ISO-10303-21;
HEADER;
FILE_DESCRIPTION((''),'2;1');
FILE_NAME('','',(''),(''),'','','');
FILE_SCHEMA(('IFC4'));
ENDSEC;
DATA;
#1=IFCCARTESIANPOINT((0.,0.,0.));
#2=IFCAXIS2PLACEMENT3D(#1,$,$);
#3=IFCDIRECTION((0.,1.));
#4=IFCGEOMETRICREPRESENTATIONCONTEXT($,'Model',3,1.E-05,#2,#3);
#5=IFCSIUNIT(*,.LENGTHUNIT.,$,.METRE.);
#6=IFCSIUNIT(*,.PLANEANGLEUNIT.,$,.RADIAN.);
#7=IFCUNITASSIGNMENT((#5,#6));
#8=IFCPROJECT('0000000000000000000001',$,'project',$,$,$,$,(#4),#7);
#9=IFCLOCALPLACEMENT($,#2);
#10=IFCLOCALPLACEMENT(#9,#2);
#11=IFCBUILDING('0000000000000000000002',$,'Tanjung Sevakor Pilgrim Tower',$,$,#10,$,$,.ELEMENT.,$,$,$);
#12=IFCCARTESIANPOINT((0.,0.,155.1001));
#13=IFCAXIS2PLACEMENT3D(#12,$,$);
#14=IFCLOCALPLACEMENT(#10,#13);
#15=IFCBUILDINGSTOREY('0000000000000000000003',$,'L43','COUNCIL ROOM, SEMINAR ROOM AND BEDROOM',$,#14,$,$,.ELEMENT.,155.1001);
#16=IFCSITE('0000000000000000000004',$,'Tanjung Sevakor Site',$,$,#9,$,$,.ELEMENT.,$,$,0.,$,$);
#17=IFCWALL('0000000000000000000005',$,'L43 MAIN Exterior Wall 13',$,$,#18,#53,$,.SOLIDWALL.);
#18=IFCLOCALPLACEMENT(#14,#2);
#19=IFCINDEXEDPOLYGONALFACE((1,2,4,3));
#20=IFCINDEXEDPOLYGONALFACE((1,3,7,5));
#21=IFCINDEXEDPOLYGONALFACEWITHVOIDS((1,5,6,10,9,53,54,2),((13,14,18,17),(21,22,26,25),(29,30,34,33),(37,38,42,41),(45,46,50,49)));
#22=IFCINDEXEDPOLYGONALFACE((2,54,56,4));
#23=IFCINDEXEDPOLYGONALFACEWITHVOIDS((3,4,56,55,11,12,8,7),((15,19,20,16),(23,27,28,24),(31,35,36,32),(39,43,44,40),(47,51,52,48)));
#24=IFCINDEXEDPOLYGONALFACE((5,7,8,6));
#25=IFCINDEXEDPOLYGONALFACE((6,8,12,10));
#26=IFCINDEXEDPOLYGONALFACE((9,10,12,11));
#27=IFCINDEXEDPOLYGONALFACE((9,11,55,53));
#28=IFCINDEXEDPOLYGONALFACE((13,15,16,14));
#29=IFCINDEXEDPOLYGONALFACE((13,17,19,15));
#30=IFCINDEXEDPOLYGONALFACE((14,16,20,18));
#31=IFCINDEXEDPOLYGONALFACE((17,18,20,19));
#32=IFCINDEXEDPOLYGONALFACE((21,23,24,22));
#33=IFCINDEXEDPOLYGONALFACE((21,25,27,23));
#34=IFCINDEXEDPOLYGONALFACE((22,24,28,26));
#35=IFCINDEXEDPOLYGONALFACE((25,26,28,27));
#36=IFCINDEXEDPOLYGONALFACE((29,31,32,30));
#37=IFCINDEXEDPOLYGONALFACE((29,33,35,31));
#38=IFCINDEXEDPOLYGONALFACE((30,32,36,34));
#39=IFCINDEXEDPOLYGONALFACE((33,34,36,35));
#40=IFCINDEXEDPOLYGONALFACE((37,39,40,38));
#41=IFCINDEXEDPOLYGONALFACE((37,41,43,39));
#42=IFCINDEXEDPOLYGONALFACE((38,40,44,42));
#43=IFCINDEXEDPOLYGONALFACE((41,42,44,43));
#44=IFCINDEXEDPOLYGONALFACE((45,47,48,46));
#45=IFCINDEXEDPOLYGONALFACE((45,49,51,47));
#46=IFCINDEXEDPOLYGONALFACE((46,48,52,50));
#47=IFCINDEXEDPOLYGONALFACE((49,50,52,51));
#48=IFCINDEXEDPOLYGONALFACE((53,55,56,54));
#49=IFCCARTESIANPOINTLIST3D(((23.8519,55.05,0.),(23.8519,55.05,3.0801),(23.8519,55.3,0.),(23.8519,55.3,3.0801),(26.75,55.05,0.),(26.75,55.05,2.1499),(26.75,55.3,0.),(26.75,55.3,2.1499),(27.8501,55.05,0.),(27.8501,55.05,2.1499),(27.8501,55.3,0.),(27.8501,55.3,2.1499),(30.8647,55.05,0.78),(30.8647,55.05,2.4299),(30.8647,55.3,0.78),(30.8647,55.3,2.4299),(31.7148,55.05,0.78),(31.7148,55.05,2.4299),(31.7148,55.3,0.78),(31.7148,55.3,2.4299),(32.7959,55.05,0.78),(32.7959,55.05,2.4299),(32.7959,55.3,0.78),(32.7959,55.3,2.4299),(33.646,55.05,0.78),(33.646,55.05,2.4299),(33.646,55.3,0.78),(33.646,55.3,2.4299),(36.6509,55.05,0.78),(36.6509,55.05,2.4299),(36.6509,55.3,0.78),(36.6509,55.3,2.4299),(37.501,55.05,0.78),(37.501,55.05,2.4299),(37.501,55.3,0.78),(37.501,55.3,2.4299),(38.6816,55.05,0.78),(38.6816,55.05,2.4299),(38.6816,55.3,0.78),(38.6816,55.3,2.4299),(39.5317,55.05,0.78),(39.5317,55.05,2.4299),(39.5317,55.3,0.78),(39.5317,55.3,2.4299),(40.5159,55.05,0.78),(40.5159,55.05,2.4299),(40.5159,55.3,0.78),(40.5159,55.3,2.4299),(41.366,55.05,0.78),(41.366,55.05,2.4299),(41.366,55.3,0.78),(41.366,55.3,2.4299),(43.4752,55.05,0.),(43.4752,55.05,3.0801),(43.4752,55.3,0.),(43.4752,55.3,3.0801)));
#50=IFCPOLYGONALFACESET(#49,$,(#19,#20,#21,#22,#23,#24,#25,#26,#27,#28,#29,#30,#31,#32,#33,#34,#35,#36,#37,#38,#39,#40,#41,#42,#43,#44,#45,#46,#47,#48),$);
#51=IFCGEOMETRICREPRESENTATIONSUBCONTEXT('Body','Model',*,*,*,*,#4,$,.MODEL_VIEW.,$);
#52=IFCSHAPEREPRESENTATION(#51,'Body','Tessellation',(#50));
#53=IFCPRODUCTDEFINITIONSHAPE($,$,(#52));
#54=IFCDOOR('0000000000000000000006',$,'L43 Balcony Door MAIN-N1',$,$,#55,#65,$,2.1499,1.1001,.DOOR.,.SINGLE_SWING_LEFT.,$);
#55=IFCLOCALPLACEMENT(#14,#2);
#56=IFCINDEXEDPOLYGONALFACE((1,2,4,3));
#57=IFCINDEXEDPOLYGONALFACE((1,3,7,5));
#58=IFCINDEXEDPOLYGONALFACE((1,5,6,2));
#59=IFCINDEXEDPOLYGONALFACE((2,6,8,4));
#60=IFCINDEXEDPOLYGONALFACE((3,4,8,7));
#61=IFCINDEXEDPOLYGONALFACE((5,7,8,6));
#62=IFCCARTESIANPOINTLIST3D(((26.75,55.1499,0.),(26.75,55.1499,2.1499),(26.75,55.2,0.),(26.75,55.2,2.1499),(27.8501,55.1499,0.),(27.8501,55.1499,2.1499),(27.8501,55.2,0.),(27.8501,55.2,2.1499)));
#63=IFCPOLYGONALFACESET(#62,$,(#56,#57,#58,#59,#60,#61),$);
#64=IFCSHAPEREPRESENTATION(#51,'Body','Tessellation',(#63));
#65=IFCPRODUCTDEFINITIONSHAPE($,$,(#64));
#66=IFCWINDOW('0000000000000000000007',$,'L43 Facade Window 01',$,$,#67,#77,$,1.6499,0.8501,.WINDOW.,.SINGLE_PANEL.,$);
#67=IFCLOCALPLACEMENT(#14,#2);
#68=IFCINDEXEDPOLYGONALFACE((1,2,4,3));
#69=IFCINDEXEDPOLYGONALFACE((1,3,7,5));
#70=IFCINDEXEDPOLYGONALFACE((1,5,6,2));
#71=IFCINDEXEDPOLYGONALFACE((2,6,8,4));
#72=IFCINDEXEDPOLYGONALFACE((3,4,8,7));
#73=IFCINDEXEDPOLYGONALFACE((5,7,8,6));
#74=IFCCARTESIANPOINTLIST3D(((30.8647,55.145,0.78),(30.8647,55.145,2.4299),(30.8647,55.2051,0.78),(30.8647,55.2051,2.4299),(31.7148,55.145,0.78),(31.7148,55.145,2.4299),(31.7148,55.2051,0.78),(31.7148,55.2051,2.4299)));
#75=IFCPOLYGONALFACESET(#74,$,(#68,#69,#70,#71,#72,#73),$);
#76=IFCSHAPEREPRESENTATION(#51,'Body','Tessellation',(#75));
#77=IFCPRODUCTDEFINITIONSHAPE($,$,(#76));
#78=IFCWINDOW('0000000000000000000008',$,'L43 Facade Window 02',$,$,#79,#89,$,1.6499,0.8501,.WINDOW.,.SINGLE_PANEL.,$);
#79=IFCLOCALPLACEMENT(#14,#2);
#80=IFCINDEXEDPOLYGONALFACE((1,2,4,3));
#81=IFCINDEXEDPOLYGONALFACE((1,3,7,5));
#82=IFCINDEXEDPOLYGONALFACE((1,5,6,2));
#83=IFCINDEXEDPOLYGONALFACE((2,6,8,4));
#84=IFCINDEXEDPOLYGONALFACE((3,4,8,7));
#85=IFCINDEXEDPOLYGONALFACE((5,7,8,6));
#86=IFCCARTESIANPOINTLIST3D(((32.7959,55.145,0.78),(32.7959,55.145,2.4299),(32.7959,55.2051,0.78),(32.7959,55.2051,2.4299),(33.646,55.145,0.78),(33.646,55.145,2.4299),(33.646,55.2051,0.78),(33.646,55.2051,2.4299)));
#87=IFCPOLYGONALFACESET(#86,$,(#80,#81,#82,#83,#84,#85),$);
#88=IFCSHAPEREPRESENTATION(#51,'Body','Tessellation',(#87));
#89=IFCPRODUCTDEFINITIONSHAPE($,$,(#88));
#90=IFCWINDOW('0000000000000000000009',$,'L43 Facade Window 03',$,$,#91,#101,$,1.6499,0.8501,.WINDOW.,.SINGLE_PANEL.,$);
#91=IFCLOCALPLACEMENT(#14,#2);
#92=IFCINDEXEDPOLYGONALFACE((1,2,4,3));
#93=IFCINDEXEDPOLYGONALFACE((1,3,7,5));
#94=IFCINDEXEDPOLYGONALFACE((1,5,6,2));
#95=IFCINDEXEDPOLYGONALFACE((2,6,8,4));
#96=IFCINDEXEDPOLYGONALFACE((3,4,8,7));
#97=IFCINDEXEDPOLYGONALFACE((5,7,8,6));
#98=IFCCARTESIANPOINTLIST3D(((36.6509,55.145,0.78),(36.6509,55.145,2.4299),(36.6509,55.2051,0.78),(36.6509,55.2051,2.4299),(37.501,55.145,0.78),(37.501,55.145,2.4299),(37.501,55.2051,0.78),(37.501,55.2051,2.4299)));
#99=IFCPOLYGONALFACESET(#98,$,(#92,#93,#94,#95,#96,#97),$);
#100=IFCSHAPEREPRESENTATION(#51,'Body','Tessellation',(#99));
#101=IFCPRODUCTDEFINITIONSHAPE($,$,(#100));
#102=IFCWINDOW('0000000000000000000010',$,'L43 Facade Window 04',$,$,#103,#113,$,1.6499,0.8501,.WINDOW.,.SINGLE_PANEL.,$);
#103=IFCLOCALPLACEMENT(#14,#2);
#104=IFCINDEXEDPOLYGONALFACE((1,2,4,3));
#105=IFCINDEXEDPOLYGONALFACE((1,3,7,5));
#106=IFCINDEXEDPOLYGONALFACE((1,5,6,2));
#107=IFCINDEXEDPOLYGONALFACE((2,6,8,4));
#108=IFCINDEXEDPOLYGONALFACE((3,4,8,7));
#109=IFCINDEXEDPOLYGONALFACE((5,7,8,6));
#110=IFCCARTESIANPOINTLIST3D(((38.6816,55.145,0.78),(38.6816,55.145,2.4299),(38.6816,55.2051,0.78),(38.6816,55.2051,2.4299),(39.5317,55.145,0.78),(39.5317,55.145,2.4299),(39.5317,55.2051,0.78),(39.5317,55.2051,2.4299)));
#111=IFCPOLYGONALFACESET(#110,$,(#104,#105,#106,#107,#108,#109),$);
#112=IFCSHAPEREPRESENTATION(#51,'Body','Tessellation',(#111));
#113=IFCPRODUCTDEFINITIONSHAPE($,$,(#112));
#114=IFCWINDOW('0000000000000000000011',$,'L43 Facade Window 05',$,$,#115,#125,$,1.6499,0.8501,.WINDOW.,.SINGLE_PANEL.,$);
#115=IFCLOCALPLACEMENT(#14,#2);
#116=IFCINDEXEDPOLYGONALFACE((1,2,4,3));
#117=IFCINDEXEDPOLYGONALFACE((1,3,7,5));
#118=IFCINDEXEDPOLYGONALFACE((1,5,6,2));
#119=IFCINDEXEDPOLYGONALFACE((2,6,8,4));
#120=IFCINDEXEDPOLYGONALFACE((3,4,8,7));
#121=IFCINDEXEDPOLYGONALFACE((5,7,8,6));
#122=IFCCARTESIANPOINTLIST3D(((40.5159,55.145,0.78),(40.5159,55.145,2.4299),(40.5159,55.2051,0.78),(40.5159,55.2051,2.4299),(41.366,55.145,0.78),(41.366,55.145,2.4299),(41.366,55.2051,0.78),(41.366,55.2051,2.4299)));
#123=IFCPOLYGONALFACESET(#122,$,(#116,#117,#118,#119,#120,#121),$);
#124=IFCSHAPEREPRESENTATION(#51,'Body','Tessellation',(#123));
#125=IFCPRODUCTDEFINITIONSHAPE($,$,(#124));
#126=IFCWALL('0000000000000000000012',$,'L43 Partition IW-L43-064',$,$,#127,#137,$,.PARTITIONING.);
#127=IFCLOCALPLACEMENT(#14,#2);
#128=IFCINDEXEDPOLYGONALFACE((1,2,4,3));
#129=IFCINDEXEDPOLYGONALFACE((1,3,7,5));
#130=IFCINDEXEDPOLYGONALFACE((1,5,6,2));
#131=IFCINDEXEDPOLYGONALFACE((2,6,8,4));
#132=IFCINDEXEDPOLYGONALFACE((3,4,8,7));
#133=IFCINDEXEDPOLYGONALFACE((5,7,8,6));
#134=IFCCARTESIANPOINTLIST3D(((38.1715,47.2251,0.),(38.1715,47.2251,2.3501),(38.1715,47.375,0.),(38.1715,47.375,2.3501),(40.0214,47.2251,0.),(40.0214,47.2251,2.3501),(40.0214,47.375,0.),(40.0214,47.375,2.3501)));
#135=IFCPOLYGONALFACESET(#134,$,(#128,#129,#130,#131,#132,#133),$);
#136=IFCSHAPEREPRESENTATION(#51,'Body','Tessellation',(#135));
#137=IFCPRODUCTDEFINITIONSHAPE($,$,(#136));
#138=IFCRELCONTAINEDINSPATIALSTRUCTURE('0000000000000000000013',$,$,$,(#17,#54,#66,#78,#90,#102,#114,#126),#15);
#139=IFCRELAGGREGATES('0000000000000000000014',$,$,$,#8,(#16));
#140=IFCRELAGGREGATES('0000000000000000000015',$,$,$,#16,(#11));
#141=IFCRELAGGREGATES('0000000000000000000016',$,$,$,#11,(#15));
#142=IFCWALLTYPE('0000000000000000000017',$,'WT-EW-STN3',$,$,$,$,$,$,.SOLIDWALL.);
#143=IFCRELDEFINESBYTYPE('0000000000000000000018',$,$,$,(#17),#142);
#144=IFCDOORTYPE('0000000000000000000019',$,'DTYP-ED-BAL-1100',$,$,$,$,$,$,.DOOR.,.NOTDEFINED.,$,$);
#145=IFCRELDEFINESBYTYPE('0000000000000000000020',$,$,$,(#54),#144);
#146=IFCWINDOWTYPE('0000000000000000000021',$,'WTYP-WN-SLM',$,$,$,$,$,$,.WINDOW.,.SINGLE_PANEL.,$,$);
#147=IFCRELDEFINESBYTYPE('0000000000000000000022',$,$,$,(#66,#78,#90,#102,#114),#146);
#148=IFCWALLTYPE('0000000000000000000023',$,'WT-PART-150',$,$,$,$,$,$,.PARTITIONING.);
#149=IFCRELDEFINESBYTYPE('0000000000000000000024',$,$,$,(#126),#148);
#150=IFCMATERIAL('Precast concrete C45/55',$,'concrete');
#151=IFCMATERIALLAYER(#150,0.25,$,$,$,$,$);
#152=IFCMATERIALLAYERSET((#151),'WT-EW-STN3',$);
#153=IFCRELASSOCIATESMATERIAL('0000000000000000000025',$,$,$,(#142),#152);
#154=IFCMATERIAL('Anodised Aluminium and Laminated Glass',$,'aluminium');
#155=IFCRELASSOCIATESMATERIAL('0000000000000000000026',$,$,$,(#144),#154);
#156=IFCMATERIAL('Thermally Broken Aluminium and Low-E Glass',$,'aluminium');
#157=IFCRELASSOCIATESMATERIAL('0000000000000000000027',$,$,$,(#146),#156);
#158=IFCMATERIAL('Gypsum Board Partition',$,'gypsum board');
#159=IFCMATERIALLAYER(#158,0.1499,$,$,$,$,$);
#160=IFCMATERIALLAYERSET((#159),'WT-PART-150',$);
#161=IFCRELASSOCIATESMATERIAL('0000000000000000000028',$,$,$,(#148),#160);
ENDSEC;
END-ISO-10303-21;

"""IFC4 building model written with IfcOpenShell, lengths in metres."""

from ifc_helpers import new_model, si_unit, direction, frame, frame_2d, origin, place, context, subcontext, project, spatial, rectangle, extrude, material, layer, layer_set, type_object, element, fill, save


model = new_model("IFC4")

# Units and contexts
model_context = context("Model", 3, precision=1e-05, world=origin(), true_north=direction((0.0, 1.0)))
body_context = subcontext(model_context, "Body", "Model", "MODEL_VIEW")
ifc_project = project(units=[si_unit("LENGTHUNIT", "METRE"), si_unit("PLANEANGLEUNIT", "RADIAN")], contexts=[model_context])

# Site, building, storey
site_placement = place(None, origin())
site = spatial("IfcSite", under=ifc_project, at=site_placement, Name="Tanjung Sevakor Site", CompositionType="ELEMENT", RefElevation=0.0)
building_placement = place(site_placement, origin())
building = spatial("IfcBuilding", under=site, at=building_placement, Name="Tanjung Sevakor Pilgrim Tower", CompositionType="ELEMENT")
storey_placement = place(building_placement, frame((0.0, 0.0, 155.1001)))
storey = spatial("IfcBuildingStorey", under=building, at=storey_placement, Name="L43", Description="COUNCIL ROOM, SEMINAR ROOM AND BEDROOM", CompositionType="ELEMENT", Elevation=155.1001)

# Shared definitions
ifc_material_1 = material(Name="Precast concrete C45/55", Category="concrete")
ifc_layer_1 = layer(ifc_material_1, 0.25)
ifc_layer_set_1 = layer_set([ifc_layer_1], Name="WT-EW-STN3")
wall_type_1 = type_object("IfcWallType", Name="WT-EW-STN3", PredefinedType="SOLIDWALL", material=ifc_layer_set_1)

# Wall, openings, door, windows
wall_1_placement = place(storey_placement, frame((43.4751, 55.175, 0.0), z_axis=(0.0, 0.0, 1.0), x_axis=(-1.0, 0.0, 0.0)))
wall_1 = element("IfcWall", 1, at=wall_1_placement, inside=storey, type_object=wall_type_1, Name="L43 MAIN Exterior Wall 13", PredefinedType="SOLIDWALL", context=body_context, shape_type="SweptSolid", body=[
    extrude(rectangle(XDim=19.6233, YDim=0.25, at=frame_2d((9.8115, 0.0))), origin(), (0.0, 0.0, 1.0), 3.0801),
])
opening_1_placement = place(wall_1_placement, frame((15.625, 0.0, 0.0)))
opening_1 = element("IfcOpeningElement", 2, at=opening_1_placement, cuts=wall_1, PredefinedType="OPENING", context=body_context, shape_type="SweptSolid", body=[
    extrude(rectangle(XDim=1.1001, YDim=2.1499, at=frame_2d((0.55, 1.075))), frame((0.0, 0.135, 0.0), z_axis=(0.0, -1.0, 0.0), x_axis=(1.0, 0.0, 0.0)), (0.0, 0.0, 1.0), 0.27),
])
opening_2_placement = place(wall_1_placement, frame((11.7603, 0.0, 0.78)))
opening_2 = element("IfcOpeningElement", 3, at=opening_2_placement, cuts=wall_1, PredefinedType="OPENING", context=body_context, shape_type="SweptSolid", body=[
    extrude(rectangle(XDim=0.8501, YDim=1.6499, at=frame_2d((0.425, 0.825))), frame((0.0, 0.135, 0.0), z_axis=(0.0, -1.0, 0.0), x_axis=(1.0, 0.0, 0.0)), (0.0, 0.0, 1.0), 0.27),
])
opening_3_placement = place(wall_1_placement, frame((9.8291, 0.0, 0.78)))
opening_3 = element("IfcOpeningElement", 4, at=opening_3_placement, cuts=wall_1, PredefinedType="OPENING", context=body_context, shape_type="SweptSolid", body=[
    extrude(rectangle(XDim=0.8501, YDim=1.6499, at=frame_2d((0.425, 0.825))), frame((0.0, 0.135, 0.0), z_axis=(0.0, -1.0, 0.0), x_axis=(1.0, 0.0, 0.0)), (0.0, 0.0, 1.0), 0.27),
])
opening_4_placement = place(wall_1_placement, frame((5.9741, 0.0, 0.78)))
opening_4 = element("IfcOpeningElement", 5, at=opening_4_placement, cuts=wall_1, PredefinedType="OPENING", context=body_context, shape_type="SweptSolid", body=[
    extrude(rectangle(XDim=0.8501, YDim=1.6499, at=frame_2d((0.425, 0.825))), frame((0.0, 0.135, 0.0), z_axis=(0.0, -1.0, 0.0), x_axis=(1.0, 0.0, 0.0)), (0.0, 0.0, 1.0), 0.27),
])
opening_5_placement = place(wall_1_placement, frame((3.9434, 0.0, 0.78)))
opening_5 = element("IfcOpeningElement", 6, at=opening_5_placement, cuts=wall_1, PredefinedType="OPENING", context=body_context, shape_type="SweptSolid", body=[
    extrude(rectangle(XDim=0.8501, YDim=1.6499, at=frame_2d((0.425, 0.825))), frame((0.0, 0.135, 0.0), z_axis=(0.0, -1.0, 0.0), x_axis=(1.0, 0.0, 0.0)), (0.0, 0.0, 1.0), 0.27),
])
opening_6_placement = place(wall_1_placement, frame((2.1091, 0.0, 0.78)))
opening_6 = element("IfcOpeningElement", 7, at=opening_6_placement, cuts=wall_1, PredefinedType="OPENING", context=body_context, shape_type="SweptSolid", body=[
    extrude(rectangle(XDim=0.8501, YDim=1.6499, at=frame_2d((0.425, 0.825))), frame((0.0, 0.135, 0.0), z_axis=(0.0, -1.0, 0.0), x_axis=(1.0, 0.0, 0.0)), (0.0, 0.0, 1.0), 0.27),
])
ifc_material_2 = material(Name="Anodised Aluminium and Laminated Glass", Category="aluminium")
door_type_1 = type_object("IfcDoorType", Name="DTYP-ED-BAL-1100", OperationType="NOTDEFINED", PredefinedType="DOOR", material=ifc_material_2)
door_1_placement = place(opening_1_placement, frame((1.1001, 0.0, 0.0), z_axis=(0.0, 0.0, 1.0), x_axis=(-1.0, 0.0, 0.0)))
door_1 = element("IfcDoor", 8, at=door_1_placement, inside=storey, type_object=door_type_1, Name="L43 Balcony Door MAIN-N1", OperationType="SINGLE_SWING_LEFT", OverallHeight=2.1499, OverallWidth=1.1001, PredefinedType="DOOR", context=body_context, shape_type="SweptSolid", body=[
    extrude(rectangle(XDim=1.1001, YDim=2.1499, at=frame_2d((0.55, 1.075))), frame((0.0, 0.0249, 0.0), z_axis=(0.0, -1.0, 0.0), x_axis=(1.0, 0.0, 0.0)), (0.0, 0.0, 1.0), 0.05),
])
fill(opening_1, door_1)
ifc_material_3 = material(Name="Thermally Broken Aluminium and Low-E Glass", Category="aluminium")
window_type = type_object("IfcWindowType", Name="WTYP-WN-SLM", PartitioningType="SINGLE_PANEL", PredefinedType="WINDOW", material=ifc_material_3)
window_1_placement = place(opening_2_placement, origin())
window_1 = element("IfcWindow", 9, at=window_1_placement, inside=storey, type_object=window_type, Name="L43 Facade Window 01", OverallHeight=1.6499, OverallWidth=0.8501, PartitioningType="SINGLE_PANEL", PredefinedType="WINDOW", context=body_context, shape_type="SweptSolid", body=[
    extrude(rectangle(XDim=0.8501, YDim=1.6499, at=frame_2d((0.425, 0.825))), frame((0.0, 0.03, 0.0), z_axis=(0.0, -1.0, 0.0), x_axis=(1.0, 0.0, 0.0)), (0.0, 0.0, 1.0), 0.0601),
])
fill(opening_2, window_1)
window_2_placement = place(opening_3_placement, origin())
window_2 = element("IfcWindow", 10, at=window_2_placement, inside=storey, type_object=window_type, Name="L43 Facade Window 02", OverallHeight=1.6499, OverallWidth=0.8501, PartitioningType="SINGLE_PANEL", PredefinedType="WINDOW", context=body_context, shape_type="SweptSolid", body=[
    extrude(rectangle(XDim=0.8501, YDim=1.6499, at=frame_2d((0.425, 0.825))), frame((0.0, 0.03, 0.0), z_axis=(0.0, -1.0, 0.0), x_axis=(1.0, 0.0, 0.0)), (0.0, 0.0, 1.0), 0.0601),
])
fill(opening_3, window_2)
window_3_placement = place(opening_4_placement, origin())
window_3 = element("IfcWindow", 11, at=window_3_placement, inside=storey, type_object=window_type, Name="L43 Facade Window 03", OverallHeight=1.6499, OverallWidth=0.8501, PartitioningType="SINGLE_PANEL", PredefinedType="WINDOW", context=body_context, shape_type="SweptSolid", body=[
    extrude(rectangle(XDim=0.8501, YDim=1.6499, at=frame_2d((0.425, 0.825))), frame((0.0, 0.03, 0.0), z_axis=(0.0, -1.0, 0.0), x_axis=(1.0, 0.0, 0.0)), (0.0, 0.0, 1.0), 0.0601),
])
fill(opening_4, window_3)
window_4_placement = place(opening_5_placement, origin())
window_4 = element("IfcWindow", 12, at=window_4_placement, inside=storey, type_object=window_type, Name="L43 Facade Window 04", OverallHeight=1.6499, OverallWidth=0.8501, PartitioningType="SINGLE_PANEL", PredefinedType="WINDOW", context=body_context, shape_type="SweptSolid", body=[
    extrude(rectangle(XDim=0.8501, YDim=1.6499, at=frame_2d((0.425, 0.825))), frame((0.0, 0.03, 0.0), z_axis=(0.0, -1.0, 0.0), x_axis=(1.0, 0.0, 0.0)), (0.0, 0.0, 1.0), 0.0601),
])
fill(opening_5, window_4)
window_5_placement = place(opening_6_placement, origin())
window_5 = element("IfcWindow", 13, at=window_5_placement, inside=storey, type_object=window_type, Name="L43 Facade Window 05", OverallHeight=1.6499, OverallWidth=0.8501, PartitioningType="SINGLE_PANEL", PredefinedType="WINDOW", context=body_context, shape_type="SweptSolid", body=[
    extrude(rectangle(XDim=0.8501, YDim=1.6499, at=frame_2d((0.425, 0.825))), frame((0.0, 0.03, 0.0), z_axis=(0.0, -1.0, 0.0), x_axis=(1.0, 0.0, 0.0)), (0.0, 0.0, 1.0), 0.0601),
])
fill(opening_6, window_5)

# Wall
ifc_material_4 = material(Name="Gypsum Board Partition", Category="gypsum board")
ifc_layer_2 = layer(ifc_material_4, 0.1499)
ifc_layer_set_2 = layer_set([ifc_layer_2], Name="WT-PART-150")
wall_type_2 = type_object("IfcWallType", Name="WT-PART-150", PredefinedType="PARTITIONING", material=ifc_layer_set_2)
wall_2_placement = place(storey_placement, frame((38.1716, 47.3, 0.0), z_axis=(0.0, 0.0, 1.0), x_axis=(1.0, 0.0, 0.0)))
element("IfcWall", 14, at=wall_2_placement, inside=storey, type_object=wall_type_2, Name="L43 Partition IW-L43-064", PredefinedType="PARTITIONING", context=body_context, shape_type="SweptSolid", body=[
    extrude(rectangle(XDim=1.8499, YDim=0.1499, at=frame_2d((0.9248, 0.0))), origin(), (0.0, 0.0, 1.0), 2.3501),
])

save(model, "model.ifc")
